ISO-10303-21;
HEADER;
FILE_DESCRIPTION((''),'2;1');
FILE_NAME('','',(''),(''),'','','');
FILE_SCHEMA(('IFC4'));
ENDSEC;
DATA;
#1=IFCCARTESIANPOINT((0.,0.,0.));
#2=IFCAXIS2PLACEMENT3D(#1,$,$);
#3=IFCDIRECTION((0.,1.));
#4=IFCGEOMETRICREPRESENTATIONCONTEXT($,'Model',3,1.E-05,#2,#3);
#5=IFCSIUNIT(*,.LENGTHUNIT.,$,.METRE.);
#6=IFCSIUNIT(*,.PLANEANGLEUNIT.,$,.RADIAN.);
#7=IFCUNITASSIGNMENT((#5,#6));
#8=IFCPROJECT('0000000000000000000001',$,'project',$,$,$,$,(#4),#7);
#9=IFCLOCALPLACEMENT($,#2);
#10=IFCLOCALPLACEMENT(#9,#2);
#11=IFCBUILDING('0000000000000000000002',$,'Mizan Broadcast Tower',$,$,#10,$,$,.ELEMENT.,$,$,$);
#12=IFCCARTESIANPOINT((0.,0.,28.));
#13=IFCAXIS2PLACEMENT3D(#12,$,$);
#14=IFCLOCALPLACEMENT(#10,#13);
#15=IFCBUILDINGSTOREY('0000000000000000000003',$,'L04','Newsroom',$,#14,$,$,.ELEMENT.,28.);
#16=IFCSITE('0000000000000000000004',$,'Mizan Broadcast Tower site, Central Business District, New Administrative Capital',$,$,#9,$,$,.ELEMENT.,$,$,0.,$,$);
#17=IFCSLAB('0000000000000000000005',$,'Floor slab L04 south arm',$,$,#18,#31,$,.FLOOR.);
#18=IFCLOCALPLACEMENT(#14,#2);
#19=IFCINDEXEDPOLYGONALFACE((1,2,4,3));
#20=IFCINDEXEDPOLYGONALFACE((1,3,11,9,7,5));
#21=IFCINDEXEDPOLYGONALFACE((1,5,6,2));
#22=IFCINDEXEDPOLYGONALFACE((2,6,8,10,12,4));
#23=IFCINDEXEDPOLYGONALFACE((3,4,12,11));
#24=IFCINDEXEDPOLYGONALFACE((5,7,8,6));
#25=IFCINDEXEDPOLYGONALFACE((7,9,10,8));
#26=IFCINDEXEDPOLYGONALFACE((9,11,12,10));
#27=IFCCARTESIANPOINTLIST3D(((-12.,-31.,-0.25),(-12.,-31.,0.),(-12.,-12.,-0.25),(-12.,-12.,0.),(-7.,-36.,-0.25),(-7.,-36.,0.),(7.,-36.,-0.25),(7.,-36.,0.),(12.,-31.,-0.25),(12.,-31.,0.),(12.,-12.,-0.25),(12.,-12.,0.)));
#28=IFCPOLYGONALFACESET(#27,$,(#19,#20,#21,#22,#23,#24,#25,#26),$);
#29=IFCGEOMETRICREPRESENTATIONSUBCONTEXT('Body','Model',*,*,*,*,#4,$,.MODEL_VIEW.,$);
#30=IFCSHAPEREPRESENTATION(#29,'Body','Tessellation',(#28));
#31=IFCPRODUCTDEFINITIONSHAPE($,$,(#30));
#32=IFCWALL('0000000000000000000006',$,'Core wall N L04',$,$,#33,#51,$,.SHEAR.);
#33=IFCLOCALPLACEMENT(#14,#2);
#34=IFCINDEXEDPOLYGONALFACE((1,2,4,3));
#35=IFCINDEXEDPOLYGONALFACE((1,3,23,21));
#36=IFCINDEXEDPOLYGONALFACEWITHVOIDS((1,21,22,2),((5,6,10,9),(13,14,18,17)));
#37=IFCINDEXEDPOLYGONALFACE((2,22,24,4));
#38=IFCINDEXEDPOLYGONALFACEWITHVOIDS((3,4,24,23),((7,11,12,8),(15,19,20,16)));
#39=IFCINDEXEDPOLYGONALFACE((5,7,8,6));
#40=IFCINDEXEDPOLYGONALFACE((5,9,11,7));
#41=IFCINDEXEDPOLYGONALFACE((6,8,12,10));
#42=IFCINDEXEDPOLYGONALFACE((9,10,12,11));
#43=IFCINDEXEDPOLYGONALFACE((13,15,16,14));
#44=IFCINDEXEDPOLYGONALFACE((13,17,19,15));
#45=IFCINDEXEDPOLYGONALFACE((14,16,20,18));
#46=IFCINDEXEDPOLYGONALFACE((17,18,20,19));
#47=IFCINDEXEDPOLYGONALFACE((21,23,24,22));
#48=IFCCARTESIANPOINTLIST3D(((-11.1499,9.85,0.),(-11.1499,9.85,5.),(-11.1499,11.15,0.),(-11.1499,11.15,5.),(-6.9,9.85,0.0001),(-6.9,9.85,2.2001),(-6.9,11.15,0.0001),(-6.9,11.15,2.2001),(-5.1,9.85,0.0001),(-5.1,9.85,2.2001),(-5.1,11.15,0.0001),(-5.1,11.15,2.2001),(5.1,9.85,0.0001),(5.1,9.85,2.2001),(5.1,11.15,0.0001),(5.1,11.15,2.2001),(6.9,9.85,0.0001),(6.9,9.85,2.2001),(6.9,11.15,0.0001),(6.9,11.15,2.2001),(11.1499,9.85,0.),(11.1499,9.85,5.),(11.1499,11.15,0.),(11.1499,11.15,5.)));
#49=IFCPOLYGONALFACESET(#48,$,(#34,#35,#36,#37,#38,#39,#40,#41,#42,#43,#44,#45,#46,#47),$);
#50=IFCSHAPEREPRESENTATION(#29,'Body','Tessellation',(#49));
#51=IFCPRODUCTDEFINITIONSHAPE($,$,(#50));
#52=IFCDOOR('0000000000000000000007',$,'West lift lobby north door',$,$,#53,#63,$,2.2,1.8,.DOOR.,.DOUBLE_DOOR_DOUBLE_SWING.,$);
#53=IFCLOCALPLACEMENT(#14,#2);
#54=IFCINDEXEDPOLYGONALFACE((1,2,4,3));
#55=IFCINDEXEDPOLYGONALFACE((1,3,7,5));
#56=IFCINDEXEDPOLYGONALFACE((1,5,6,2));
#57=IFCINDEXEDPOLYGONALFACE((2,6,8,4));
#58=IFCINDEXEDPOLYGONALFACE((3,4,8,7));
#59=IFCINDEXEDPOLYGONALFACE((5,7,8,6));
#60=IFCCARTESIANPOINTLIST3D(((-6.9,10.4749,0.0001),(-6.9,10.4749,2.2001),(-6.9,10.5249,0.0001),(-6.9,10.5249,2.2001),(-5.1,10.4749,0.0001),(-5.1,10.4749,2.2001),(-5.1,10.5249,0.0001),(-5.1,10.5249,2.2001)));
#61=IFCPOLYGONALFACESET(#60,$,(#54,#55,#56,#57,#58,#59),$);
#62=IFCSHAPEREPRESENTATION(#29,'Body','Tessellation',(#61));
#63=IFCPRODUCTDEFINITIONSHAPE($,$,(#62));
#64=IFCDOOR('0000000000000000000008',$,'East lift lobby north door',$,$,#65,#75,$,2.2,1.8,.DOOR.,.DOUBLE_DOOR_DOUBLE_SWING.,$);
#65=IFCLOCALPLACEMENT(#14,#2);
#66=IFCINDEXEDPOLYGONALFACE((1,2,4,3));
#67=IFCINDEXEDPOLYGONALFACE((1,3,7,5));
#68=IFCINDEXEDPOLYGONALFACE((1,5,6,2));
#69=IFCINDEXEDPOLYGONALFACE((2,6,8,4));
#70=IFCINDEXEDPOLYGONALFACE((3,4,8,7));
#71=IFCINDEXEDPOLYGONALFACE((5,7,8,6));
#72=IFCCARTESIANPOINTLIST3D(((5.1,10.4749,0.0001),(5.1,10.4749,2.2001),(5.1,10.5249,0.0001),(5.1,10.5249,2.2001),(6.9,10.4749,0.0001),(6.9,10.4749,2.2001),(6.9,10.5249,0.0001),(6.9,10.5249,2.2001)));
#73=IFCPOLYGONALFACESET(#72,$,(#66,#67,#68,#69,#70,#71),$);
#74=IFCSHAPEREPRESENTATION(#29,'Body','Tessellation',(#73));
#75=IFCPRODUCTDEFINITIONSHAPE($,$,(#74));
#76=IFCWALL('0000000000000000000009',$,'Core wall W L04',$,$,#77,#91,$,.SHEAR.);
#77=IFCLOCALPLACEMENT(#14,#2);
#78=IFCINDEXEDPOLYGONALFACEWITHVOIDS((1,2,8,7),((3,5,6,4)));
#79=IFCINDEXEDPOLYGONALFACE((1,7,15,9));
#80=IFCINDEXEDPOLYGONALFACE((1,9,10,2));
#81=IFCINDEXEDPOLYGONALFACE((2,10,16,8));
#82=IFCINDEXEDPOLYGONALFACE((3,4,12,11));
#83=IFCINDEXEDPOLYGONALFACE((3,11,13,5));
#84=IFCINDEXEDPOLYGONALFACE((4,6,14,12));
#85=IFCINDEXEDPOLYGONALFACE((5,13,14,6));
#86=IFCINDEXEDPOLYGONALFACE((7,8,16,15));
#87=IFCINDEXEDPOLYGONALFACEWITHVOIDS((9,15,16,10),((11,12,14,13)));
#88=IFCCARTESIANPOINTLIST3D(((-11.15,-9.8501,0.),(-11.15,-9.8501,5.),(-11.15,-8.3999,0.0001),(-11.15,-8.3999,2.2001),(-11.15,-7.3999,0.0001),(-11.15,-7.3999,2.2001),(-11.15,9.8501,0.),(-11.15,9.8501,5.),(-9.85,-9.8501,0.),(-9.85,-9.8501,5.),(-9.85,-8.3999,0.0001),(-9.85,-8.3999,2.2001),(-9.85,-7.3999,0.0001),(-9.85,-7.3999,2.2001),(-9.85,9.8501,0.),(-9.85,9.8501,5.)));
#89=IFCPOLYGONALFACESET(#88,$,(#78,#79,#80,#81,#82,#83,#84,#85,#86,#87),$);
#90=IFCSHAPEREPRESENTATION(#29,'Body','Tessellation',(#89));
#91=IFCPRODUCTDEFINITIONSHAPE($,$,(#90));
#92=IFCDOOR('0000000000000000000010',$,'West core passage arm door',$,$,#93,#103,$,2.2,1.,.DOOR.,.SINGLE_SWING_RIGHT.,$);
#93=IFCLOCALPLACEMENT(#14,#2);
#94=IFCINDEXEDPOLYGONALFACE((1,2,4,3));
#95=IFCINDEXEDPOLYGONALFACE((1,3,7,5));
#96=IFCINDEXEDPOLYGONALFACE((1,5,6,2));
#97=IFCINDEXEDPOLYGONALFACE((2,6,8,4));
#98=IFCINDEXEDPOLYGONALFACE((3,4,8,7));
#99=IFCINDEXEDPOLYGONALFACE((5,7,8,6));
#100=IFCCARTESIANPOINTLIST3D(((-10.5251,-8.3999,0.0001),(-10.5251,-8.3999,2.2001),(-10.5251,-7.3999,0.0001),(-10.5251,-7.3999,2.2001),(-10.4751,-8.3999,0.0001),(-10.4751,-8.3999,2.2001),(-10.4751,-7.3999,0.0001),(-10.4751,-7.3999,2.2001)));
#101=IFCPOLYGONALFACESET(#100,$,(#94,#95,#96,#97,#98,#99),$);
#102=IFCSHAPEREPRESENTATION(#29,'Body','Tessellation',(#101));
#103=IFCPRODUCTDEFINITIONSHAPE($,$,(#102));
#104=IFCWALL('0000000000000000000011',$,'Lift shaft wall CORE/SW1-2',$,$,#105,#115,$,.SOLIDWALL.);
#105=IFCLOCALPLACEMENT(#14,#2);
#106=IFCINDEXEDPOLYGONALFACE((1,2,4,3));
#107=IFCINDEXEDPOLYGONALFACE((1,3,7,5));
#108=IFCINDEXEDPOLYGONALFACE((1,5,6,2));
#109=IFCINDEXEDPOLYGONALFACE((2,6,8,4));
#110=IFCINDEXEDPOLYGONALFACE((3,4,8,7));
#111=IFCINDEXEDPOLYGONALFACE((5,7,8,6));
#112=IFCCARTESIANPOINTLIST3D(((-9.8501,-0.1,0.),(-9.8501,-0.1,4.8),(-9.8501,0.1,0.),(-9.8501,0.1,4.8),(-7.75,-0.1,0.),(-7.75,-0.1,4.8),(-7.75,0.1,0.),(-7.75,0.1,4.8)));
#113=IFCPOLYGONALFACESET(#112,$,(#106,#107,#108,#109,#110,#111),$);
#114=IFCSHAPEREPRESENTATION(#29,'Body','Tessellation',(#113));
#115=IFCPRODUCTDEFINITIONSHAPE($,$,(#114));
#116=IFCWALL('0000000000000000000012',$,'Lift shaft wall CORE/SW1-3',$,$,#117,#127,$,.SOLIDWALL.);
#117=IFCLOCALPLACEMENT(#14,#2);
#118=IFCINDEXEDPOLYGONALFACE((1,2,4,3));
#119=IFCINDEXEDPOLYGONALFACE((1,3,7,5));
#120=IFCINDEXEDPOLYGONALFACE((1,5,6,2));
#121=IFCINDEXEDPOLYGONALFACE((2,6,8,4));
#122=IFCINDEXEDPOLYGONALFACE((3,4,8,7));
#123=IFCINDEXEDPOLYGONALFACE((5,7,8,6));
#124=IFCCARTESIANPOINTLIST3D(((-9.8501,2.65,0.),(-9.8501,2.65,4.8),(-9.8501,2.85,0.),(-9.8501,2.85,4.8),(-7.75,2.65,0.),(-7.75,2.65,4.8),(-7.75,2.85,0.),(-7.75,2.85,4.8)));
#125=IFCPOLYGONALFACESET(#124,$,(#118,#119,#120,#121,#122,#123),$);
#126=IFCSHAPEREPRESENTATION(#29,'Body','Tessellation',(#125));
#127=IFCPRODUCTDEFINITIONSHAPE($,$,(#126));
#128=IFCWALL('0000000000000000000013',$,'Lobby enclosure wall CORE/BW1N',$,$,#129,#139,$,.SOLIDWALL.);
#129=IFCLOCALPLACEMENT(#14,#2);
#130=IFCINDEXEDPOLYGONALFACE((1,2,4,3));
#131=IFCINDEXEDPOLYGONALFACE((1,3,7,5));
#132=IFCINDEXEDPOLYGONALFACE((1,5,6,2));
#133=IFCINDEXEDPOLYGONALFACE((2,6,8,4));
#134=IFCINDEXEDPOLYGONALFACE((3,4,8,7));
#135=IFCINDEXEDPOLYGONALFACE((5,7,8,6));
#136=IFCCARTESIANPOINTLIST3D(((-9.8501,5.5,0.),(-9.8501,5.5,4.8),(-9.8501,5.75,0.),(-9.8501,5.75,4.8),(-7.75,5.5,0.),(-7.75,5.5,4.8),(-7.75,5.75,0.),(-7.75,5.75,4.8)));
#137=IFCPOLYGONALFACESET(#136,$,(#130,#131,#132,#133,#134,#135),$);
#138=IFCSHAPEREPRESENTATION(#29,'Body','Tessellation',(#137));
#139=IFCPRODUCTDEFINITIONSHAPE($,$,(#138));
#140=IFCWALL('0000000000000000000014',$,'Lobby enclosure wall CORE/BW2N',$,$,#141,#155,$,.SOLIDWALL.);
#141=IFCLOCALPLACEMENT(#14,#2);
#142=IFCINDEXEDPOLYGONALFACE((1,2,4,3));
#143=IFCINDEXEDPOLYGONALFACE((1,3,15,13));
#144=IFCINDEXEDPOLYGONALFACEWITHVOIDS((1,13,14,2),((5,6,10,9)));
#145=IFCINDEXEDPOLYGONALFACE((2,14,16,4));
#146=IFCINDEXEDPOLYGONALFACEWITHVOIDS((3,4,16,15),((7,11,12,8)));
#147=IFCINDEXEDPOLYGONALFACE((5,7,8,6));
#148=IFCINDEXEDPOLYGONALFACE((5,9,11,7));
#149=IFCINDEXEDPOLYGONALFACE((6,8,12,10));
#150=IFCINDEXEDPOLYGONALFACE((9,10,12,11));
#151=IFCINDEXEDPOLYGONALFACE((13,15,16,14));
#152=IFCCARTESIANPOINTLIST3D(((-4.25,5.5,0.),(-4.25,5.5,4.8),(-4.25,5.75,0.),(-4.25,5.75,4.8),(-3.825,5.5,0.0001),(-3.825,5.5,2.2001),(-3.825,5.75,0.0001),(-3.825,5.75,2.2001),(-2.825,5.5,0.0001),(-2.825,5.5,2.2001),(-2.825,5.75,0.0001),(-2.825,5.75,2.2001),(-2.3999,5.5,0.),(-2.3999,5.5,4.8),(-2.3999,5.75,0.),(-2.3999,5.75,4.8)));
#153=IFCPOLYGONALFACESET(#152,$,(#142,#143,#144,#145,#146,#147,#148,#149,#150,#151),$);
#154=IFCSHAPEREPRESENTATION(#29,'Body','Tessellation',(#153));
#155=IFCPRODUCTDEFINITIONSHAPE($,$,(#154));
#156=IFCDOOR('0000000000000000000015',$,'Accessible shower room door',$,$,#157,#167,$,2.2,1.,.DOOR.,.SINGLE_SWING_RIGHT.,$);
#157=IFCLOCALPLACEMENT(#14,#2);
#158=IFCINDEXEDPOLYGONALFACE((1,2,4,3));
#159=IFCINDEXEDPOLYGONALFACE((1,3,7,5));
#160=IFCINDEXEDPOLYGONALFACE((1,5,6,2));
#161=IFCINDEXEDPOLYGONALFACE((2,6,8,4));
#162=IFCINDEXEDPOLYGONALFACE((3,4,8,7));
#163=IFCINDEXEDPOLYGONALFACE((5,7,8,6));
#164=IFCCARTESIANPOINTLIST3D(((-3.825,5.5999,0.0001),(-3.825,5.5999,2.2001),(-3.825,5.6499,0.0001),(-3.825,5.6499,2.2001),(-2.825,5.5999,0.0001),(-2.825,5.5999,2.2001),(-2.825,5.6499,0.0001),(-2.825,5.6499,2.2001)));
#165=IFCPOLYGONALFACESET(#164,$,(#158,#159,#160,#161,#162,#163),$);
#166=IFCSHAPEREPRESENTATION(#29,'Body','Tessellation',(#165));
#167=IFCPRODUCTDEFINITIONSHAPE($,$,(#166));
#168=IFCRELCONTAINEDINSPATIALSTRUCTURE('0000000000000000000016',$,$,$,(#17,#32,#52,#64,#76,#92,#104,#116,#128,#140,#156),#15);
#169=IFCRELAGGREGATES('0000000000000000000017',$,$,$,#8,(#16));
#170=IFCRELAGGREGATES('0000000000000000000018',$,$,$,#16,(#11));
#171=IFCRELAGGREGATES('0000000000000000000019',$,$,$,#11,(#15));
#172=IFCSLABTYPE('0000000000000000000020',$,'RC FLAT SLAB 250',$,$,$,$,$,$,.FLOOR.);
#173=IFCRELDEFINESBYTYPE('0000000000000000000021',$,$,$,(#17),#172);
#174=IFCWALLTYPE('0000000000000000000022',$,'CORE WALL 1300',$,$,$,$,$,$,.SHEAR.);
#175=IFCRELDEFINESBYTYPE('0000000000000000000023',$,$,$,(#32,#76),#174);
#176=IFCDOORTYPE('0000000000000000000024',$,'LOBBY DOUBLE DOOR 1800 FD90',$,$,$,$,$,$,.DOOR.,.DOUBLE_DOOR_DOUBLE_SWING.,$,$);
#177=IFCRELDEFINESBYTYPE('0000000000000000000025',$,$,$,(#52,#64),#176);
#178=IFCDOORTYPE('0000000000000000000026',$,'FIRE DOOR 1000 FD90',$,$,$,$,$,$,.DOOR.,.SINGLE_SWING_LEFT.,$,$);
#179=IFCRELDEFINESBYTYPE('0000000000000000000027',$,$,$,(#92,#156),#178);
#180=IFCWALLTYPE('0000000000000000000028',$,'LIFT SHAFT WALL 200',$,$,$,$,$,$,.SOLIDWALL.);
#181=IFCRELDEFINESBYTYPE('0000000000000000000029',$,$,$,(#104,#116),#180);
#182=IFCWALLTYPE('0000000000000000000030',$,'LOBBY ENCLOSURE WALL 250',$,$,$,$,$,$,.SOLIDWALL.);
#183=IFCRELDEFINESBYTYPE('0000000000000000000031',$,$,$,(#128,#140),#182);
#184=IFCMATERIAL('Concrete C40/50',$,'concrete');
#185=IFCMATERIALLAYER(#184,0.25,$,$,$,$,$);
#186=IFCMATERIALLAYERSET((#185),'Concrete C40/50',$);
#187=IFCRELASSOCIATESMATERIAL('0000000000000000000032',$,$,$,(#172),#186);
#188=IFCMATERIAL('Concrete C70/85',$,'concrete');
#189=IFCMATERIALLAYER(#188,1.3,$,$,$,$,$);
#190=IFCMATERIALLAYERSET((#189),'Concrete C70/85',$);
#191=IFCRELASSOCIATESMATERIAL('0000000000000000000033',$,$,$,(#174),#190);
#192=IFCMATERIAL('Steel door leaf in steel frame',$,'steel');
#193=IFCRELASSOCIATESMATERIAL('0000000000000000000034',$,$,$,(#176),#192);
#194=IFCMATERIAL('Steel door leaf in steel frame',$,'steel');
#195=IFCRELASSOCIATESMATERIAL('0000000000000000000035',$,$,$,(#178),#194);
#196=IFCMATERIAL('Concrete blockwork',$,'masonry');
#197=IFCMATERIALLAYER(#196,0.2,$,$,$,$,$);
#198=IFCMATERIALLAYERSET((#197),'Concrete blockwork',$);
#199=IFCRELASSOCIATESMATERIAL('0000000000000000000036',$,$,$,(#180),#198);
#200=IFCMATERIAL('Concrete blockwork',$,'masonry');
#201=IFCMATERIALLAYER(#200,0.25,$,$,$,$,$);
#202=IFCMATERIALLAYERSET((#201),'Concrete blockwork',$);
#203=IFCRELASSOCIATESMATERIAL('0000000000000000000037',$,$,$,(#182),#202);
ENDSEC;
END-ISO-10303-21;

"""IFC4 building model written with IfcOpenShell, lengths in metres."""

from ifc_helpers import new_model, si_unit, direction, frame, frame_2d, origin, place, context, subcontext, project, spatial, polyline, rectangle, outline, extrude, material, layer, layer_set, type_object, element, fill, save


model = new_model("IFC4")

# Units and contexts
model_context = context("Model", 3, precision=1e-05, world=origin(), true_north=direction((0.0, 1.0)))
body_context = subcontext(model_context, "Body", "Model", "MODEL_VIEW")
ifc_project = project(units=[si_unit("LENGTHUNIT", "METRE"), si_unit("PLANEANGLEUNIT", "RADIAN")], contexts=[model_context])

# Site, building, storey
site_placement = place(None, origin())
site = spatial("IfcSite", under=ifc_project, at=site_placement, Name="Mizan Broadcast Tower site, Central Business District, New Administrative Capital", CompositionType="ELEMENT", RefElevation=0.0)
building_placement = place(site_placement, origin())
building = spatial("IfcBuilding", under=site, at=building_placement, Name="Mizan Broadcast Tower", CompositionType="ELEMENT")
storey_placement = place(building_placement, frame((0.0, 0.0, 28.0)))
storey = spatial("IfcBuildingStorey", under=building, at=storey_placement, Name="L04", Description="Newsroom", CompositionType="ELEMENT", Elevation=28.0)

# Slab
ifc_material_1 = material(Name="Concrete C40/50", Category="concrete")
ifc_layer_1 = layer(ifc_material_1, 0.25)
ifc_layer_set_1 = layer_set([ifc_layer_1], Name="Concrete C40/50")
slab_type = type_object("IfcSlabType", Name="RC FLAT SLAB 250", PredefinedType="FLOOR", material=ifc_layer_set_1)
slab_1_placement = place(storey_placement, frame((0.0, 0.0, -0.25)))
element("IfcSlab", 1, at=slab_1_placement, inside=storey, type_object=slab_type, Name="Floor slab L04 south arm", PredefinedType="FLOOR", context=body_context, shape_type="SweptSolid", body=[
    extrude(outline(polyline([(7.0, -36.0), (12.0, -31.0), (12.0, -12.0), (-12.0, -12.0), (-12.0, -31.0), (-7.0, -36.0), (7.0, -36.0)])), origin(), (0.0, 0.0, 1.0), 0.25),
])

# Wall, openings, doors
ifc_material_2 = material(Name="Concrete C70/85", Category="concrete")
ifc_layer_2 = layer(ifc_material_2, 1.3)
ifc_layer_set_2 = layer_set([ifc_layer_2], Name="Concrete C70/85")
wall_type_1 = type_object("IfcWallType", Name="CORE WALL 1300", PredefinedType="SHEAR", material=ifc_layer_set_2)
wall_1_placement = place(storey_placement, frame((-11.1499, 10.5, 0.0), z_axis=(0.0, 0.0, 1.0), x_axis=(1.0, 0.0, 0.0)))
wall_1 = element("IfcWall", 2, at=wall_1_placement, inside=storey, type_object=wall_type_1, Name="Core wall N L04", PredefinedType="SHEAR", context=body_context, shape_type="SweptSolid", body=[
    extrude(rectangle(XDim=22.2998, YDim=1.3, at=frame_2d((11.1499, 0.0))), origin(), (0.0, 0.0, 1.0), 5.0),
])
opening_1_placement = place(wall_1_placement, frame((4.25, 0.0, 0.0)))
opening_1 = element("IfcOpeningElement", 3, at=opening_1_placement, cuts=wall_1, PredefinedType="OPENING", context=body_context, shape_type="SweptSolid", body=[
    extrude(rectangle(XDim=1.8, YDim=2.2, at=frame_2d((0.8999, 1.1001))), frame((0.0, 0.6599, 0.0), z_axis=(0.0, -1.0, 0.0), x_axis=(1.0, 0.0, 0.0)), (0.0, 0.0, 1.0), 1.3201),
])
opening_2_placement = place(wall_1_placement, frame((16.25, 0.0, 0.0)))
opening_2 = element("IfcOpeningElement", 4, at=opening_2_placement, cuts=wall_1, PredefinedType="OPENING", context=body_context, shape_type="SweptSolid", body=[
    extrude(rectangle(XDim=1.8, YDim=2.2, at=frame_2d((0.8999, 1.1001))), frame((0.0, 0.6599, 0.0), z_axis=(0.0, -1.0, 0.0), x_axis=(1.0, 0.0, 0.0)), (0.0, 0.0, 1.0), 1.3201),
])
ifc_material_3 = material(Name="Steel door leaf in steel frame", Category="steel")
door_type_1 = type_object("IfcDoorType", Name="LOBBY DOUBLE DOOR 1800 FD90", OperationType="DOUBLE_DOOR_DOUBLE_SWING", PredefinedType="DOOR", material=ifc_material_3)
door_1_placement = place(opening_1_placement, origin())
door_1 = element("IfcDoor", 5, at=door_1_placement, inside=storey, type_object=door_type_1, Name="West lift lobby north door", OperationType="DOUBLE_DOOR_DOUBLE_SWING", OverallHeight=2.2, OverallWidth=1.8, PredefinedType="DOOR", context=body_context, shape_type="SweptSolid", body=[
    extrude(rectangle(XDim=1.8, YDim=2.2, at=frame_2d((0.8999, 1.1001))), frame((0.0, 0.0249, 0.0), z_axis=(0.0, -1.0, 0.0), x_axis=(1.0, 0.0, 0.0)), (0.0, 0.0, 1.0), 0.05),
])
fill(opening_1, door_1)
door_2_placement = place(opening_2_placement, origin())
door_2 = element("IfcDoor", 6, at=door_2_placement, inside=storey, type_object=door_type_1, Name="East lift lobby north door", OperationType="DOUBLE_DOOR_DOUBLE_SWING", OverallHeight=2.2, OverallWidth=1.8, PredefinedType="DOOR", context=body_context, shape_type="SweptSolid", body=[
    extrude(rectangle(XDim=1.8, YDim=2.2, at=frame_2d((0.8999, 1.1001))), frame((0.0, 0.0249, 0.0), z_axis=(0.0, -1.0, 0.0), x_axis=(1.0, 0.0, 0.0)), (0.0, 0.0, 1.0), 0.05),
])
fill(opening_2, door_2)

# Wall, opening, door
wall_2_placement = place(storey_placement, frame((-10.5, 9.8501, 0.0), z_axis=(0.0, 0.0, 1.0), x_axis=(0.0, -1.0, 0.0)))
wall_2 = element("IfcWall", 7, at=wall_2_placement, inside=storey, type_object=wall_type_1, Name="Core wall W L04", PredefinedType="SHEAR", context=body_context, shape_type="SweptSolid", body=[
    extrude(rectangle(XDim=19.7002, YDim=1.3, at=frame_2d((9.8501, 0.0))), origin(), (0.0, 0.0, 1.0), 5.0),
])
opening_3_placement = place(wall_2_placement, frame((17.25, 0.0, 0.0)))
opening_3 = element("IfcOpeningElement", 8, at=opening_3_placement, cuts=wall_2, PredefinedType="OPENING", context=body_context, shape_type="SweptSolid", body=[
    extrude(rectangle(XDim=1.0, YDim=2.2, at=frame_2d((0.5, 1.1001))), frame((0.0, 0.6599, 0.0), z_axis=(0.0, -1.0, 0.0), x_axis=(1.0, 0.0, 0.0)), (0.0, 0.0, 1.0), 1.3201),
])
ifc_material_4 = material(Name="Steel door leaf in steel frame", Category="steel")
door_type_2 = type_object("IfcDoorType", Name="FIRE DOOR 1000 FD90", OperationType="SINGLE_SWING_LEFT", PredefinedType="DOOR", material=ifc_material_4)
door_3_placement = place(opening_3_placement, origin())
door_3 = element("IfcDoor", 9, at=door_3_placement, inside=storey, type_object=door_type_2, Name="West core passage arm door", OperationType="SINGLE_SWING_RIGHT", OverallHeight=2.2, OverallWidth=1.0, PredefinedType="DOOR", context=body_context, shape_type="SweptSolid", body=[
    extrude(rectangle(XDim=1.0, YDim=2.2, at=frame_2d((0.5, 1.1001))), frame((0.0, 0.0249, 0.0), z_axis=(0.0, -1.0, 0.0), x_axis=(1.0, 0.0, 0.0)), (0.0, 0.0, 1.0), 0.05),
])
fill(opening_3, door_3)

# Walls
ifc_material_5 = material(Name="Concrete blockwork", Category="masonry")
ifc_layer_3 = layer(ifc_material_5, 0.2)
ifc_layer_set_3 = layer_set([ifc_layer_3], Name="Concrete blockwork")
wall_type_2 = type_object("IfcWallType", Name="LIFT SHAFT WALL 200", PredefinedType="SOLIDWALL", material=ifc_layer_set_3)
for number, where, z_axis, x_axis, name in (
    (10, (-9.8501, 0.0, 0.0), (0.0, 0.0, 1.0), (1.0, 0.0, 0.0), "Lift shaft wall CORE/SW1-2"),
    (11, (-9.8501, 2.75, 0.0), (0.0, 0.0, 1.0), (1.0, 0.0, 0.0), "Lift shaft wall CORE/SW1-3"),
):
    element("IfcWall", number, at=place(storey_placement, frame(where, z_axis=z_axis, x_axis=x_axis)), inside=storey, type_object=wall_type_2, Name=name, PredefinedType="SOLIDWALL", context=body_context, shape_type="SweptSolid", body=[
        extrude(rectangle(XDim=2.1001, YDim=0.2, at=frame_2d((1.05, 0.0))), origin(), (0.0, 0.0, 1.0), 4.8),
    ])
ifc_material_6 = material(Name="Concrete blockwork", Category="masonry")
ifc_layer_4 = layer(ifc_material_6, 0.25)
ifc_layer_set_4 = layer_set([ifc_layer_4], Name="Concrete blockwork")
wall_type_3 = type_object("IfcWallType", Name="LOBBY ENCLOSURE WALL 250", PredefinedType="SOLIDWALL", material=ifc_layer_set_4)
wall_3_placement = place(storey_placement, frame((-9.8501, 5.625, 0.0), z_axis=(0.0, 0.0, 1.0), x_axis=(1.0, 0.0, 0.0)))
element("IfcWall", 12, at=wall_3_placement, inside=storey, type_object=wall_type_3, Name="Lobby enclosure wall CORE/BW1N", PredefinedType="SOLIDWALL", context=body_context, shape_type="SweptSolid", body=[
    extrude(rectangle(XDim=2.1001, YDim=0.25, at=frame_2d((1.05, 0.0))), origin(), (0.0, 0.0, 1.0), 4.8),
])

# Wall, opening, door
wall_4_placement = place(storey_placement, frame((-4.25, 5.625, 0.0), z_axis=(0.0, 0.0, 1.0), x_axis=(1.0, 0.0, 0.0)))
wall_4 = element("IfcWall", 13, at=wall_4_placement, inside=storey, type_object=wall_type_3, Name="Lobby enclosure wall CORE/BW2N", PredefinedType="SOLIDWALL", context=body_context, shape_type="SweptSolid", body=[
    extrude(rectangle(XDim=1.8501, YDim=0.25, at=frame_2d((0.925, 0.0))), origin(), (0.0, 0.0, 1.0), 4.8),
])
opening_4_placement = place(wall_4_placement, frame((0.425, 0.0, 0.0)))
opening_4 = element("IfcOpeningElement", 14, at=opening_4_placement, cuts=wall_4, PredefinedType="OPENING", context=body_context, shape_type="SweptSolid", body=[
    extrude(rectangle(XDim=1.0, YDim=2.2, at=frame_2d((0.5, 1.1001))), frame((0.0, 0.135, 0.0), z_axis=(0.0, -1.0, 0.0), x_axis=(1.0, 0.0, 0.0)), (0.0, 0.0, 1.0), 0.27),
])
door_4_placement = place(opening_4_placement, origin())
door_4 = element("IfcDoor", 15, at=door_4_placement, inside=storey, type_object=door_type_2, Name="Accessible shower room door", OperationType="SINGLE_SWING_RIGHT", OverallHeight=2.2, OverallWidth=1.0, PredefinedType="DOOR", context=body_context, shape_type="SweptSolid", body=[
    extrude(rectangle(XDim=1.0, YDim=2.2, at=frame_2d((0.5, 1.1001))), frame((0.0, 0.0249, 0.0), z_axis=(0.0, -1.0, 0.0), x_axis=(1.0, 0.0, 0.0)), (0.0, 0.0, 1.0), 0.05),
])
fill(opening_4, door_4)

save(model, "model.ifc")
